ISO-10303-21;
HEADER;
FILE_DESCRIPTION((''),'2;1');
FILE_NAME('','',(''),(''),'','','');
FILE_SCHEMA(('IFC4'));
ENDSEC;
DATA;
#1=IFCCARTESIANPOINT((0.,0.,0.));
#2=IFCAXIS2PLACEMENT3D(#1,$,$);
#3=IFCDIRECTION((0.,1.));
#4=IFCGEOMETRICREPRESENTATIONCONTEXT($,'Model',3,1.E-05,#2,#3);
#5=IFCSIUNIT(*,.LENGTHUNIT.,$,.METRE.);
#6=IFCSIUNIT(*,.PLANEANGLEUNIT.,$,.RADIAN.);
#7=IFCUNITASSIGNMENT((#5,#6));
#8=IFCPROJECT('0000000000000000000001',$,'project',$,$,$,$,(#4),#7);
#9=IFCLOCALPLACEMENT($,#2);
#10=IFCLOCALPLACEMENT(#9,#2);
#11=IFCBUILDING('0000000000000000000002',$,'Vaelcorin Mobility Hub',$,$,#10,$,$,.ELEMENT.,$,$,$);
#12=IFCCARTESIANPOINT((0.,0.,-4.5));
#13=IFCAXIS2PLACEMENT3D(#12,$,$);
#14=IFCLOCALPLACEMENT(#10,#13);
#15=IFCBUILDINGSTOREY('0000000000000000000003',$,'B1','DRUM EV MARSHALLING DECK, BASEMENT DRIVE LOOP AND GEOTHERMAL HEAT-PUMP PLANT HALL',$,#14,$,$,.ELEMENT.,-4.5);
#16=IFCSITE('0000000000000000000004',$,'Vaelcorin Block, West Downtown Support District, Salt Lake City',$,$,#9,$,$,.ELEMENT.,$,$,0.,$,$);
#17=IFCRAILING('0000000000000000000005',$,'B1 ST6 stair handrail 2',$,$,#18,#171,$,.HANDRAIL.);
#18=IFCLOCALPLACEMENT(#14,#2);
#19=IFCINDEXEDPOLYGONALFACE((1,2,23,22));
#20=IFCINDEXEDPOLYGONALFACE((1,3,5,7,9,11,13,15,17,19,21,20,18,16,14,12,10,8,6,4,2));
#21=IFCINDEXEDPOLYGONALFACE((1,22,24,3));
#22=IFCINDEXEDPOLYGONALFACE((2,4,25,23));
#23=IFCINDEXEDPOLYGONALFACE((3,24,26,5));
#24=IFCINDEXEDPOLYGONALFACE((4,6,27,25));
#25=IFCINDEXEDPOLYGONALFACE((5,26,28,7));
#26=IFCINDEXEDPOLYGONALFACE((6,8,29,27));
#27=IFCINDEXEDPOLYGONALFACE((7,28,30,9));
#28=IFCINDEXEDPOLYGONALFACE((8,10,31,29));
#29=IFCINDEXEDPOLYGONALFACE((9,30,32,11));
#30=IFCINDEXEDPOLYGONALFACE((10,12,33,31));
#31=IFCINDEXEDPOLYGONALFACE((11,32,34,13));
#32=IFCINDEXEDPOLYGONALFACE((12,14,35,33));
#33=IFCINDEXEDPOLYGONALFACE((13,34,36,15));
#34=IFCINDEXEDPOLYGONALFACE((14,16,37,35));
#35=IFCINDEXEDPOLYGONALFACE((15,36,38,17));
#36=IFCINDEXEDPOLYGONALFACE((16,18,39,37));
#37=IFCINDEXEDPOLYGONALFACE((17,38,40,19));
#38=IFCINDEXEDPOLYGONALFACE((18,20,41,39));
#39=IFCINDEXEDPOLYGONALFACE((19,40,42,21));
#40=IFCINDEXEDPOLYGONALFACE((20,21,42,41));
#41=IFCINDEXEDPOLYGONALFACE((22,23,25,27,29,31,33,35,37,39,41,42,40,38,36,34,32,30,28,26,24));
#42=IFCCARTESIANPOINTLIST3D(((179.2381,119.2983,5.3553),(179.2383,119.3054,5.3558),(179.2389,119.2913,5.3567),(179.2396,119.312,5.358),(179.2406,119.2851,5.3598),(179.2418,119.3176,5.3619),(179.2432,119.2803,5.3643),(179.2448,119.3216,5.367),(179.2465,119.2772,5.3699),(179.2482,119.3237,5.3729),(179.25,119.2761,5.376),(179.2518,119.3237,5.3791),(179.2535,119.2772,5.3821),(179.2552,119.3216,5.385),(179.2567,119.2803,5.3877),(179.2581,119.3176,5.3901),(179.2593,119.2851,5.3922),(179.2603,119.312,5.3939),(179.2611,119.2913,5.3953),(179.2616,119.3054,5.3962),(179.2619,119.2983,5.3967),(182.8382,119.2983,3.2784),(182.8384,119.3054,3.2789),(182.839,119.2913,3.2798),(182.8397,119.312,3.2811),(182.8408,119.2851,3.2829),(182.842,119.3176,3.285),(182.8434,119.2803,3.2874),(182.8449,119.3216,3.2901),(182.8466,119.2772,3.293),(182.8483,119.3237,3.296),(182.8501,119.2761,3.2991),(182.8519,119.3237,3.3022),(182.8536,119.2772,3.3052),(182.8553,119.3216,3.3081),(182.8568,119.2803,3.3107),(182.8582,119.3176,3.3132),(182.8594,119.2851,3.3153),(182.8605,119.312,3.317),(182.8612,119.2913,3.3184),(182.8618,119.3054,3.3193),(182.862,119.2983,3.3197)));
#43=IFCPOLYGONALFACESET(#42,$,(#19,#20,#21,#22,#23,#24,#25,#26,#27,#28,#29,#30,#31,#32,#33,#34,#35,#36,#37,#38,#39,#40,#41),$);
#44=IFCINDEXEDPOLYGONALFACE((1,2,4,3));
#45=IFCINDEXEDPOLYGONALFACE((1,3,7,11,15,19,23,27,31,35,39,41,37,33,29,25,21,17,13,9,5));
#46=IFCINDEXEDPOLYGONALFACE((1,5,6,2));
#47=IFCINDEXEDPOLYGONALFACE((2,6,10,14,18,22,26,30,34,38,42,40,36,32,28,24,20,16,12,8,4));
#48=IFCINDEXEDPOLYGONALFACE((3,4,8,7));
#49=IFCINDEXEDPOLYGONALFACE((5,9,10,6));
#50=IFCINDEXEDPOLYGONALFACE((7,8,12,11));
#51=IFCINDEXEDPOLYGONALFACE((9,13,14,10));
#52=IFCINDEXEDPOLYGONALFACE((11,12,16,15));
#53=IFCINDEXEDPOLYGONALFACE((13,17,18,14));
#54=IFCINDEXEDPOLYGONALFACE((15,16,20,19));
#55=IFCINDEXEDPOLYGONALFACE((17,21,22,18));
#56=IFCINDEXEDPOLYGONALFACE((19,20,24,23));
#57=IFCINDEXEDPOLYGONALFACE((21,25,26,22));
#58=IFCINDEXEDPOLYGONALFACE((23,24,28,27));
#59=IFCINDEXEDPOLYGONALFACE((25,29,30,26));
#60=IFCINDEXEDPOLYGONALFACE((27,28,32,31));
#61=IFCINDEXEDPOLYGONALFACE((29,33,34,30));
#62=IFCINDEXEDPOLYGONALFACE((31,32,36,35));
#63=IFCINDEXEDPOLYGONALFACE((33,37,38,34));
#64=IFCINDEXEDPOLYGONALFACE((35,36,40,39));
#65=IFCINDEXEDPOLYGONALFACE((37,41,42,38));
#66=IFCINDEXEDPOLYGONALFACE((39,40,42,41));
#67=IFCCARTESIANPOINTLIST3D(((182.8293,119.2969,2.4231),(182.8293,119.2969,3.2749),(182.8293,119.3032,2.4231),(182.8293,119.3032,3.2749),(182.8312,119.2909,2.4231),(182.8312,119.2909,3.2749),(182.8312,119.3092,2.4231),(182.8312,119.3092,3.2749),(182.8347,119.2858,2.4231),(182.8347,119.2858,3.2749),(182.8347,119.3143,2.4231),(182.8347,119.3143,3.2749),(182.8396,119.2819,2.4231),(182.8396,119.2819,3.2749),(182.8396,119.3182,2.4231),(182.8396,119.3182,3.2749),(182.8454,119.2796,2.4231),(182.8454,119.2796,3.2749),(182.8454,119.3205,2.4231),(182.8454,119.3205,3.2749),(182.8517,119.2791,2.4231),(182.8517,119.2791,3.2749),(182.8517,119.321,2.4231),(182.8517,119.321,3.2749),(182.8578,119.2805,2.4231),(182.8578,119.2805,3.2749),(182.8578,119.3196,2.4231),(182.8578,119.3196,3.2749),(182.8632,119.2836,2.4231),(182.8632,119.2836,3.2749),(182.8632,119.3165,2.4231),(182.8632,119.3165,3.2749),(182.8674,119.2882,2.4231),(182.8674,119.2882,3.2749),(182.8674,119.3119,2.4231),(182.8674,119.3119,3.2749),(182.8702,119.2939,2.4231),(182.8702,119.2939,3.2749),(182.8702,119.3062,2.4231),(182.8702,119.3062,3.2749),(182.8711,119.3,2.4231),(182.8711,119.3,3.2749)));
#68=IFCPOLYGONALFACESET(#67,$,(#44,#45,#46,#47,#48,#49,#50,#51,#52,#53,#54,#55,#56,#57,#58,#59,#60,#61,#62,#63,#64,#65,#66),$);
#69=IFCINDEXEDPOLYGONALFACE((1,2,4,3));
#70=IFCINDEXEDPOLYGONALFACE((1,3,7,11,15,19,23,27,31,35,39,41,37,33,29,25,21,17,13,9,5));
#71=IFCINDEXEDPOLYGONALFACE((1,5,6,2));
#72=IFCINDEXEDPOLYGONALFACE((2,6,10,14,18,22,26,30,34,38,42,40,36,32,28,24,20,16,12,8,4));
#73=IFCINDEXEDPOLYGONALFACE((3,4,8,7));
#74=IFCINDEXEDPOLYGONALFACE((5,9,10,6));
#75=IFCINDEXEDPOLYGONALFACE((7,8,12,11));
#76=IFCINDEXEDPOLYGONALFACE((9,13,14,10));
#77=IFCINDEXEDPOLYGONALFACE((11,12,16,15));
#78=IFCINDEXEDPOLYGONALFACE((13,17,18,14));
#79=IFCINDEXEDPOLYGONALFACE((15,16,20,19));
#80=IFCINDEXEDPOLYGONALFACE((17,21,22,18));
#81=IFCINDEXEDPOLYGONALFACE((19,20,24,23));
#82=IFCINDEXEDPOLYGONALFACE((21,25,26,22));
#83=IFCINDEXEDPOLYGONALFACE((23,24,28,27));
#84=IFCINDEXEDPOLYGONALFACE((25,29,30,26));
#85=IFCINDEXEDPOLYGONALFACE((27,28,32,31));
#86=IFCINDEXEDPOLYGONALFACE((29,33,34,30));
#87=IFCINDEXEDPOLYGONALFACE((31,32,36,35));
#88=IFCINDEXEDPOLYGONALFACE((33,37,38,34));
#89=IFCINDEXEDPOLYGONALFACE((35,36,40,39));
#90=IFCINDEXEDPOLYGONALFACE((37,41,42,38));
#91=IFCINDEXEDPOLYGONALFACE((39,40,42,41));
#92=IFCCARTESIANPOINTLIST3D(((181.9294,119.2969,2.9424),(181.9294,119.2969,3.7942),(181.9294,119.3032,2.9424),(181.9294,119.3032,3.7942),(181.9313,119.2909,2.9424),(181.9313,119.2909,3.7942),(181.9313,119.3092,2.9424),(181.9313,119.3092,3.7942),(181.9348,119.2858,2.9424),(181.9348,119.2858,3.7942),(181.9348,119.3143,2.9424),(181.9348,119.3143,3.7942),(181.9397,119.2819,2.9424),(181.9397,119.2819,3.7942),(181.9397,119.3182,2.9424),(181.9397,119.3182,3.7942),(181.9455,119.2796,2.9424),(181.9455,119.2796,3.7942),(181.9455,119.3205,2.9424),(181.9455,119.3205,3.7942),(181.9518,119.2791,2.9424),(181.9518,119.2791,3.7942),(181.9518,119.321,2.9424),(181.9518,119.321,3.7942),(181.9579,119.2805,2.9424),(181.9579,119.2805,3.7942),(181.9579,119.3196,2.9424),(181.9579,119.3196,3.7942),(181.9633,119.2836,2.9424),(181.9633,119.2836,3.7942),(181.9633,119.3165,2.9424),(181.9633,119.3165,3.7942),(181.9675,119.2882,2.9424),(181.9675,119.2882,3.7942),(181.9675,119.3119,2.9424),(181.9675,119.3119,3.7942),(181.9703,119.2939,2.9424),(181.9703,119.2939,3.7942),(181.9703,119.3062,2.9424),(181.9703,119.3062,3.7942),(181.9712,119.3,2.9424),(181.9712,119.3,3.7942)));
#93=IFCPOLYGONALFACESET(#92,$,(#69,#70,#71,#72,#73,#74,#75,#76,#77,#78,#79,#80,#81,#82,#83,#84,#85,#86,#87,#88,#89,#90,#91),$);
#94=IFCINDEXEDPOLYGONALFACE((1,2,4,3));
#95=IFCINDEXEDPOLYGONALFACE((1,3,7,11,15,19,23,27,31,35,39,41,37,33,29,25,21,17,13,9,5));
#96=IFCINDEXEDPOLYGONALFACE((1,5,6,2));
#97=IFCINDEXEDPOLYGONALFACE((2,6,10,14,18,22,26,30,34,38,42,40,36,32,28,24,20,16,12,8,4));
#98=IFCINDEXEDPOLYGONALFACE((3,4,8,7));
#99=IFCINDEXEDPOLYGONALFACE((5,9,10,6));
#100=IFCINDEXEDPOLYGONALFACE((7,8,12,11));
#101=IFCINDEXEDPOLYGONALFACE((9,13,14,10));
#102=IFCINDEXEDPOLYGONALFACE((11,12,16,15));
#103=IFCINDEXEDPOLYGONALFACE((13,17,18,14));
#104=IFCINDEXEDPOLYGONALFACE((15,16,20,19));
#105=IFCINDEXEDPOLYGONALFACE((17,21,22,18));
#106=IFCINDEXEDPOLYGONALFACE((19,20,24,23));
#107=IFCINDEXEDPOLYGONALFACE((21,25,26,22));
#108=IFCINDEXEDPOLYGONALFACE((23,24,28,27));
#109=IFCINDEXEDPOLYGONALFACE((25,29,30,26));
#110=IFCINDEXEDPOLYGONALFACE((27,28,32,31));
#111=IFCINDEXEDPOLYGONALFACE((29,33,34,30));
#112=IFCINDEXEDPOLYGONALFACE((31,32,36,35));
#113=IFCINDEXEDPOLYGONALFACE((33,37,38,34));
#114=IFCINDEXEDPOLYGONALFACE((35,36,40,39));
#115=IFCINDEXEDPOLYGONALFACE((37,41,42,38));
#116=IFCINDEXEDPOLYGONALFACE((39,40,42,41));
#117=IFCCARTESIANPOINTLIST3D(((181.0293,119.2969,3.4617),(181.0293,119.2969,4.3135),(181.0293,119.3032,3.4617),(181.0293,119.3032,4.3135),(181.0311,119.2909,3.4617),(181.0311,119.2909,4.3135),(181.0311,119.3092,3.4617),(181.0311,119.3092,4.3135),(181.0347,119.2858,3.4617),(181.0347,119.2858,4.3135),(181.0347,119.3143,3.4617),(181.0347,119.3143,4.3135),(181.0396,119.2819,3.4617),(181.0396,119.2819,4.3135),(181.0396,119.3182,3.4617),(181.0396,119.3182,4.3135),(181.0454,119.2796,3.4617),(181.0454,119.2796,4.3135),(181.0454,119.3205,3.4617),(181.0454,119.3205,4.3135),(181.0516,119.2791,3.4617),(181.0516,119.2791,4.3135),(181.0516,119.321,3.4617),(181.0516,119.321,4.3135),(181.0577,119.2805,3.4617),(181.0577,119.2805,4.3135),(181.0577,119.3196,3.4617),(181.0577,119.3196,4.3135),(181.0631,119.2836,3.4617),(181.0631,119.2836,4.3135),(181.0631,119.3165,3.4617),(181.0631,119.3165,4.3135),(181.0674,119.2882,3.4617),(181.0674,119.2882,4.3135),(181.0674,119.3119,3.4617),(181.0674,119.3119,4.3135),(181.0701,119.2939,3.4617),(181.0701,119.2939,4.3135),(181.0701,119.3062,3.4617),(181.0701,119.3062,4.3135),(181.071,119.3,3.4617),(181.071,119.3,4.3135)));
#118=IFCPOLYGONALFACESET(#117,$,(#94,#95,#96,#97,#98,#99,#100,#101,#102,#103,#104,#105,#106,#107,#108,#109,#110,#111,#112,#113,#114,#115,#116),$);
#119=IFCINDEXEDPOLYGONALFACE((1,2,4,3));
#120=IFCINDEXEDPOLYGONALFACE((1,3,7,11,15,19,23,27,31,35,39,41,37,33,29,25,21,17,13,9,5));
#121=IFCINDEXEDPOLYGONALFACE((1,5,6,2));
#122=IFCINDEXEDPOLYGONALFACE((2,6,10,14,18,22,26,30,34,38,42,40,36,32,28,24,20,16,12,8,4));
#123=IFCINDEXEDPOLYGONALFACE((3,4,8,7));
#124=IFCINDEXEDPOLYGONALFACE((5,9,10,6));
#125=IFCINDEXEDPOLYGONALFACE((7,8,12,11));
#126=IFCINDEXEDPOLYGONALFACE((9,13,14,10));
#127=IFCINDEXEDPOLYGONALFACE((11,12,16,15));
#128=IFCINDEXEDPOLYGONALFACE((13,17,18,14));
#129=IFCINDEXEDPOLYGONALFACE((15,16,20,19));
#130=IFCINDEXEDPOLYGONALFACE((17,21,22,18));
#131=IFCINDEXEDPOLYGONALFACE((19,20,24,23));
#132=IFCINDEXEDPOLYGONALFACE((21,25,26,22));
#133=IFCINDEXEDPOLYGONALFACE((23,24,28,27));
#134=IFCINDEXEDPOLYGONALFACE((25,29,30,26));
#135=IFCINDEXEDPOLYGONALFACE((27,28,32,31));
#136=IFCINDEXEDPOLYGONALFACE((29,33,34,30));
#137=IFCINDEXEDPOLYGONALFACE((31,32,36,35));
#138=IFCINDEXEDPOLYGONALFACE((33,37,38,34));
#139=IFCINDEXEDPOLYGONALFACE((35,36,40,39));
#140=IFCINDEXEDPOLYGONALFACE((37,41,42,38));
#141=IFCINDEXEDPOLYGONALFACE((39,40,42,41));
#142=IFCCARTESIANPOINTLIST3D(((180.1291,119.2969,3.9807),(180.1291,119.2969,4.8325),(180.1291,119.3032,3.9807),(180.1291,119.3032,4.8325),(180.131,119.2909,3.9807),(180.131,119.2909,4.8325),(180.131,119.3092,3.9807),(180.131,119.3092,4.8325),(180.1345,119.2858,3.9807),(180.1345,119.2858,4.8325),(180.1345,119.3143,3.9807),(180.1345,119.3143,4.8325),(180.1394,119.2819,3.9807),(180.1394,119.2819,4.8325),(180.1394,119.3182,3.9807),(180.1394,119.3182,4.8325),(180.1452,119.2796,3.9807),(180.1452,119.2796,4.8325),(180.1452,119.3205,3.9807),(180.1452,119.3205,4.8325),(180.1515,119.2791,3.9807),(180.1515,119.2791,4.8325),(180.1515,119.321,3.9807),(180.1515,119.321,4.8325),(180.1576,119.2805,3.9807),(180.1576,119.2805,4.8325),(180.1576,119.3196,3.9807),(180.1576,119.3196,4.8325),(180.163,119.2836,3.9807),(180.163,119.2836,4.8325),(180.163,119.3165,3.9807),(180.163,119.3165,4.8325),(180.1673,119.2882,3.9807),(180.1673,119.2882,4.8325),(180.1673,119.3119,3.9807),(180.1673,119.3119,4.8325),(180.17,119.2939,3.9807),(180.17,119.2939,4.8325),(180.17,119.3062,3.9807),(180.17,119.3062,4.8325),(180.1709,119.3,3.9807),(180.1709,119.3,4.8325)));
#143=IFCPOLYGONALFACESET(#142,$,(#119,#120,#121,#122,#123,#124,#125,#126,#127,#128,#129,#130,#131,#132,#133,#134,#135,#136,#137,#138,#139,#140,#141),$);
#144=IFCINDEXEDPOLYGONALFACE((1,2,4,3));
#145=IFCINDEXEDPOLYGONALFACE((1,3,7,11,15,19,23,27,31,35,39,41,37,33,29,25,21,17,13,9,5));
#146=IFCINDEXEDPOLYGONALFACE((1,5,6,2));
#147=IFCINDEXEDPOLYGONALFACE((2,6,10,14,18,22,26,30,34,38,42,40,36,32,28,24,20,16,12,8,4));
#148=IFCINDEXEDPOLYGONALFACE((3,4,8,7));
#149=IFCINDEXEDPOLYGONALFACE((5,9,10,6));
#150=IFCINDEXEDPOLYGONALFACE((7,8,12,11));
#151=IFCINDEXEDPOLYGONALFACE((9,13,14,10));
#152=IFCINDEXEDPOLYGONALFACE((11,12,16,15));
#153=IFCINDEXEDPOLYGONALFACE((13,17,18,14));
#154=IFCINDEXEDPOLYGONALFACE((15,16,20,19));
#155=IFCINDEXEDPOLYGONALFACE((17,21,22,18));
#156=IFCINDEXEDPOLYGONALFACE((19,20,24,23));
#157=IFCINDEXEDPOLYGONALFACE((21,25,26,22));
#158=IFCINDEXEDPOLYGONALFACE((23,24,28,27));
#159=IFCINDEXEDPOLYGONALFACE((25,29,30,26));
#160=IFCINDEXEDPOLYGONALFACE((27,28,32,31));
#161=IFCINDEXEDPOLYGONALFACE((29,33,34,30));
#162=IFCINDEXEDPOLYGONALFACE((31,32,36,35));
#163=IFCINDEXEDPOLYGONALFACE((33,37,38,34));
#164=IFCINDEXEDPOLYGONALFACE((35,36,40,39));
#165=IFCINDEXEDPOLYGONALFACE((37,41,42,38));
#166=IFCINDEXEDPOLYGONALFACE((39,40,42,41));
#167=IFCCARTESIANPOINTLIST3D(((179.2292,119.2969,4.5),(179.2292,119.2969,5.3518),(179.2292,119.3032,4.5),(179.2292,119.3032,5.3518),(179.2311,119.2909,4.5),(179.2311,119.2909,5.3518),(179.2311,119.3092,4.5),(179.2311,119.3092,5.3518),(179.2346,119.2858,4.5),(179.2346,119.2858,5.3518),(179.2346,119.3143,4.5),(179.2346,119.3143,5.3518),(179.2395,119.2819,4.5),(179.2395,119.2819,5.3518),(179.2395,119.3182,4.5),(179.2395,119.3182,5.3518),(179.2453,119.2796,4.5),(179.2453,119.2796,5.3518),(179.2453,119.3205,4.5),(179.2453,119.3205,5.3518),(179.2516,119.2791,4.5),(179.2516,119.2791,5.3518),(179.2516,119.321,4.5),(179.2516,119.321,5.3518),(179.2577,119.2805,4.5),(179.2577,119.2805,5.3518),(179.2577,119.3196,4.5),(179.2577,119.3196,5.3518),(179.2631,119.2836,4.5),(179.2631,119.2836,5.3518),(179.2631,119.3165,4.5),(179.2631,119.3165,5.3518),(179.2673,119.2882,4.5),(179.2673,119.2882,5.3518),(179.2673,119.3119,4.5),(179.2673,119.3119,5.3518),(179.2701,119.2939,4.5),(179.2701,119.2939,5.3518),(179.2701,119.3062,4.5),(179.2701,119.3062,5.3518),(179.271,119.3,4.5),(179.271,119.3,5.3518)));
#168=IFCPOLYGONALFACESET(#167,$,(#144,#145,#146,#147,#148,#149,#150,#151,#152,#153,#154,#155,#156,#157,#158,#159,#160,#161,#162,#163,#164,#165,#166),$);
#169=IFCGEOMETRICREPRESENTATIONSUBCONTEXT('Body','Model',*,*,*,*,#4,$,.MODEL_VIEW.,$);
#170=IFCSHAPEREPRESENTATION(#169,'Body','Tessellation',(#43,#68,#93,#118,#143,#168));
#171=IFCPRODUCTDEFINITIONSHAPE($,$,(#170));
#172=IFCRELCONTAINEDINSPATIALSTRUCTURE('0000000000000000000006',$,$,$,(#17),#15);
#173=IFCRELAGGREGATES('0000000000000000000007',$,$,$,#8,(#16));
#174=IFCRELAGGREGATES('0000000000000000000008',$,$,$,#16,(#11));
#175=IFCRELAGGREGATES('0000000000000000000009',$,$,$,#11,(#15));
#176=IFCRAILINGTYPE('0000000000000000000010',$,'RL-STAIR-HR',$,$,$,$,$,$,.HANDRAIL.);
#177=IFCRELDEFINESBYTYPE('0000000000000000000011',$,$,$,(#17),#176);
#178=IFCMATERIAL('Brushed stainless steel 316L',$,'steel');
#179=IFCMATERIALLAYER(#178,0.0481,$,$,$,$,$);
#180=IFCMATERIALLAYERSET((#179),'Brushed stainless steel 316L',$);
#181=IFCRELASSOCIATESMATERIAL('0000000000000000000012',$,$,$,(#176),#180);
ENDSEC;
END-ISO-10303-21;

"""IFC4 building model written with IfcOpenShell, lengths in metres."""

from ifc_helpers import new_model, si_unit, direction, frame, origin, origin_2d, place, context, subcontext, project, spatial, circle, extrude, material, layer, layer_set, type_object, element, save


model = new_model("IFC4")

# Units and contexts
model_context = context("Model", 3, precision=1e-05, world=origin(), true_north=direction((0.0, 1.0)))
body_context = subcontext(model_context, "Body", "Model", "MODEL_VIEW")
ifc_project = project(units=[si_unit("LENGTHUNIT", "METRE"), si_unit("PLANEANGLEUNIT", "RADIAN")], contexts=[model_context])

# Site, building, storey
site_placement = place(None, origin())
site = spatial("IfcSite", under=ifc_project, at=site_placement, Name="Vaelcorin Block, West Downtown Support District, Salt Lake City", CompositionType="ELEMENT", RefElevation=0.0)
building_placement = place(site_placement, origin())
building = spatial("IfcBuilding", under=site, at=building_placement, Name="Vaelcorin Mobility Hub", CompositionType="ELEMENT")
storey_placement = place(building_placement, frame((0.0, 0.0, -4.5)))
storey = spatial("IfcBuildingStorey", under=building, at=storey_placement, Name="B1", Description="DRUM EV MARSHALLING DECK, BASEMENT DRIVE LOOP AND GEOTHERMAL HEAT-PUMP PLANT HALL", CompositionType="ELEMENT", Elevation=-4.5)

# Railing
ifc_material_1 = material(Name="Brushed stainless steel 316L", Category="steel")
ifc_layer_1 = layer(ifc_material_1, 0.0481)
ifc_layer_set_1 = layer_set([ifc_layer_1], Name="Brushed stainless steel 316L")
railing_type_1 = type_object("IfcRailingType", Name="RL-STAIR-HR", PredefinedType="HANDRAIL", material=ifc_layer_set_1)
railing_1_placement = place(storey_placement, frame((182.8501, 119.3, 2.4231)))
element("IfcRailing", 1, at=railing_1_placement, inside=storey, type_object=railing_type_1, Name="B1 ST6 stair handrail 2", PredefinedType="HANDRAIL", context=body_context, shape_type="SweptSolid", body=[
    extrude(circle(Radius=0.0239, at=origin_2d()), frame((0.0, 0.0, 0.876), z_axis=(-0.866193, 0.0, 0.499709), x_axis=(0.0, -1.0, 0.0)), (0.0, 0.0, 1.0), 4.1562),
    extrude(circle(Radius=0.021, at=origin_2d()), origin(), (0.0, 0.0, 1.0), 0.8518),
    extrude(circle(Radius=0.021, at=origin_2d()), frame((-0.8999, 0.0, 0.5193)), (0.0, 0.0, 1.0), 0.8518),
    extrude(circle(Radius=0.021, at=origin_2d()), frame((-1.8, 0.0, 1.0386)), (0.0, 0.0, 1.0), 0.8518),
    extrude(circle(Radius=0.021, at=origin_2d()), frame((-2.7002, 0.0, 1.5576)), (0.0, 0.0, 1.0), 0.8518),
    extrude(circle(Radius=0.021, at=origin_2d()), frame((-3.6001, 0.0, 2.0769)), (0.0, 0.0, 1.0), 0.8518),
])

save(model, "model.ifc")
